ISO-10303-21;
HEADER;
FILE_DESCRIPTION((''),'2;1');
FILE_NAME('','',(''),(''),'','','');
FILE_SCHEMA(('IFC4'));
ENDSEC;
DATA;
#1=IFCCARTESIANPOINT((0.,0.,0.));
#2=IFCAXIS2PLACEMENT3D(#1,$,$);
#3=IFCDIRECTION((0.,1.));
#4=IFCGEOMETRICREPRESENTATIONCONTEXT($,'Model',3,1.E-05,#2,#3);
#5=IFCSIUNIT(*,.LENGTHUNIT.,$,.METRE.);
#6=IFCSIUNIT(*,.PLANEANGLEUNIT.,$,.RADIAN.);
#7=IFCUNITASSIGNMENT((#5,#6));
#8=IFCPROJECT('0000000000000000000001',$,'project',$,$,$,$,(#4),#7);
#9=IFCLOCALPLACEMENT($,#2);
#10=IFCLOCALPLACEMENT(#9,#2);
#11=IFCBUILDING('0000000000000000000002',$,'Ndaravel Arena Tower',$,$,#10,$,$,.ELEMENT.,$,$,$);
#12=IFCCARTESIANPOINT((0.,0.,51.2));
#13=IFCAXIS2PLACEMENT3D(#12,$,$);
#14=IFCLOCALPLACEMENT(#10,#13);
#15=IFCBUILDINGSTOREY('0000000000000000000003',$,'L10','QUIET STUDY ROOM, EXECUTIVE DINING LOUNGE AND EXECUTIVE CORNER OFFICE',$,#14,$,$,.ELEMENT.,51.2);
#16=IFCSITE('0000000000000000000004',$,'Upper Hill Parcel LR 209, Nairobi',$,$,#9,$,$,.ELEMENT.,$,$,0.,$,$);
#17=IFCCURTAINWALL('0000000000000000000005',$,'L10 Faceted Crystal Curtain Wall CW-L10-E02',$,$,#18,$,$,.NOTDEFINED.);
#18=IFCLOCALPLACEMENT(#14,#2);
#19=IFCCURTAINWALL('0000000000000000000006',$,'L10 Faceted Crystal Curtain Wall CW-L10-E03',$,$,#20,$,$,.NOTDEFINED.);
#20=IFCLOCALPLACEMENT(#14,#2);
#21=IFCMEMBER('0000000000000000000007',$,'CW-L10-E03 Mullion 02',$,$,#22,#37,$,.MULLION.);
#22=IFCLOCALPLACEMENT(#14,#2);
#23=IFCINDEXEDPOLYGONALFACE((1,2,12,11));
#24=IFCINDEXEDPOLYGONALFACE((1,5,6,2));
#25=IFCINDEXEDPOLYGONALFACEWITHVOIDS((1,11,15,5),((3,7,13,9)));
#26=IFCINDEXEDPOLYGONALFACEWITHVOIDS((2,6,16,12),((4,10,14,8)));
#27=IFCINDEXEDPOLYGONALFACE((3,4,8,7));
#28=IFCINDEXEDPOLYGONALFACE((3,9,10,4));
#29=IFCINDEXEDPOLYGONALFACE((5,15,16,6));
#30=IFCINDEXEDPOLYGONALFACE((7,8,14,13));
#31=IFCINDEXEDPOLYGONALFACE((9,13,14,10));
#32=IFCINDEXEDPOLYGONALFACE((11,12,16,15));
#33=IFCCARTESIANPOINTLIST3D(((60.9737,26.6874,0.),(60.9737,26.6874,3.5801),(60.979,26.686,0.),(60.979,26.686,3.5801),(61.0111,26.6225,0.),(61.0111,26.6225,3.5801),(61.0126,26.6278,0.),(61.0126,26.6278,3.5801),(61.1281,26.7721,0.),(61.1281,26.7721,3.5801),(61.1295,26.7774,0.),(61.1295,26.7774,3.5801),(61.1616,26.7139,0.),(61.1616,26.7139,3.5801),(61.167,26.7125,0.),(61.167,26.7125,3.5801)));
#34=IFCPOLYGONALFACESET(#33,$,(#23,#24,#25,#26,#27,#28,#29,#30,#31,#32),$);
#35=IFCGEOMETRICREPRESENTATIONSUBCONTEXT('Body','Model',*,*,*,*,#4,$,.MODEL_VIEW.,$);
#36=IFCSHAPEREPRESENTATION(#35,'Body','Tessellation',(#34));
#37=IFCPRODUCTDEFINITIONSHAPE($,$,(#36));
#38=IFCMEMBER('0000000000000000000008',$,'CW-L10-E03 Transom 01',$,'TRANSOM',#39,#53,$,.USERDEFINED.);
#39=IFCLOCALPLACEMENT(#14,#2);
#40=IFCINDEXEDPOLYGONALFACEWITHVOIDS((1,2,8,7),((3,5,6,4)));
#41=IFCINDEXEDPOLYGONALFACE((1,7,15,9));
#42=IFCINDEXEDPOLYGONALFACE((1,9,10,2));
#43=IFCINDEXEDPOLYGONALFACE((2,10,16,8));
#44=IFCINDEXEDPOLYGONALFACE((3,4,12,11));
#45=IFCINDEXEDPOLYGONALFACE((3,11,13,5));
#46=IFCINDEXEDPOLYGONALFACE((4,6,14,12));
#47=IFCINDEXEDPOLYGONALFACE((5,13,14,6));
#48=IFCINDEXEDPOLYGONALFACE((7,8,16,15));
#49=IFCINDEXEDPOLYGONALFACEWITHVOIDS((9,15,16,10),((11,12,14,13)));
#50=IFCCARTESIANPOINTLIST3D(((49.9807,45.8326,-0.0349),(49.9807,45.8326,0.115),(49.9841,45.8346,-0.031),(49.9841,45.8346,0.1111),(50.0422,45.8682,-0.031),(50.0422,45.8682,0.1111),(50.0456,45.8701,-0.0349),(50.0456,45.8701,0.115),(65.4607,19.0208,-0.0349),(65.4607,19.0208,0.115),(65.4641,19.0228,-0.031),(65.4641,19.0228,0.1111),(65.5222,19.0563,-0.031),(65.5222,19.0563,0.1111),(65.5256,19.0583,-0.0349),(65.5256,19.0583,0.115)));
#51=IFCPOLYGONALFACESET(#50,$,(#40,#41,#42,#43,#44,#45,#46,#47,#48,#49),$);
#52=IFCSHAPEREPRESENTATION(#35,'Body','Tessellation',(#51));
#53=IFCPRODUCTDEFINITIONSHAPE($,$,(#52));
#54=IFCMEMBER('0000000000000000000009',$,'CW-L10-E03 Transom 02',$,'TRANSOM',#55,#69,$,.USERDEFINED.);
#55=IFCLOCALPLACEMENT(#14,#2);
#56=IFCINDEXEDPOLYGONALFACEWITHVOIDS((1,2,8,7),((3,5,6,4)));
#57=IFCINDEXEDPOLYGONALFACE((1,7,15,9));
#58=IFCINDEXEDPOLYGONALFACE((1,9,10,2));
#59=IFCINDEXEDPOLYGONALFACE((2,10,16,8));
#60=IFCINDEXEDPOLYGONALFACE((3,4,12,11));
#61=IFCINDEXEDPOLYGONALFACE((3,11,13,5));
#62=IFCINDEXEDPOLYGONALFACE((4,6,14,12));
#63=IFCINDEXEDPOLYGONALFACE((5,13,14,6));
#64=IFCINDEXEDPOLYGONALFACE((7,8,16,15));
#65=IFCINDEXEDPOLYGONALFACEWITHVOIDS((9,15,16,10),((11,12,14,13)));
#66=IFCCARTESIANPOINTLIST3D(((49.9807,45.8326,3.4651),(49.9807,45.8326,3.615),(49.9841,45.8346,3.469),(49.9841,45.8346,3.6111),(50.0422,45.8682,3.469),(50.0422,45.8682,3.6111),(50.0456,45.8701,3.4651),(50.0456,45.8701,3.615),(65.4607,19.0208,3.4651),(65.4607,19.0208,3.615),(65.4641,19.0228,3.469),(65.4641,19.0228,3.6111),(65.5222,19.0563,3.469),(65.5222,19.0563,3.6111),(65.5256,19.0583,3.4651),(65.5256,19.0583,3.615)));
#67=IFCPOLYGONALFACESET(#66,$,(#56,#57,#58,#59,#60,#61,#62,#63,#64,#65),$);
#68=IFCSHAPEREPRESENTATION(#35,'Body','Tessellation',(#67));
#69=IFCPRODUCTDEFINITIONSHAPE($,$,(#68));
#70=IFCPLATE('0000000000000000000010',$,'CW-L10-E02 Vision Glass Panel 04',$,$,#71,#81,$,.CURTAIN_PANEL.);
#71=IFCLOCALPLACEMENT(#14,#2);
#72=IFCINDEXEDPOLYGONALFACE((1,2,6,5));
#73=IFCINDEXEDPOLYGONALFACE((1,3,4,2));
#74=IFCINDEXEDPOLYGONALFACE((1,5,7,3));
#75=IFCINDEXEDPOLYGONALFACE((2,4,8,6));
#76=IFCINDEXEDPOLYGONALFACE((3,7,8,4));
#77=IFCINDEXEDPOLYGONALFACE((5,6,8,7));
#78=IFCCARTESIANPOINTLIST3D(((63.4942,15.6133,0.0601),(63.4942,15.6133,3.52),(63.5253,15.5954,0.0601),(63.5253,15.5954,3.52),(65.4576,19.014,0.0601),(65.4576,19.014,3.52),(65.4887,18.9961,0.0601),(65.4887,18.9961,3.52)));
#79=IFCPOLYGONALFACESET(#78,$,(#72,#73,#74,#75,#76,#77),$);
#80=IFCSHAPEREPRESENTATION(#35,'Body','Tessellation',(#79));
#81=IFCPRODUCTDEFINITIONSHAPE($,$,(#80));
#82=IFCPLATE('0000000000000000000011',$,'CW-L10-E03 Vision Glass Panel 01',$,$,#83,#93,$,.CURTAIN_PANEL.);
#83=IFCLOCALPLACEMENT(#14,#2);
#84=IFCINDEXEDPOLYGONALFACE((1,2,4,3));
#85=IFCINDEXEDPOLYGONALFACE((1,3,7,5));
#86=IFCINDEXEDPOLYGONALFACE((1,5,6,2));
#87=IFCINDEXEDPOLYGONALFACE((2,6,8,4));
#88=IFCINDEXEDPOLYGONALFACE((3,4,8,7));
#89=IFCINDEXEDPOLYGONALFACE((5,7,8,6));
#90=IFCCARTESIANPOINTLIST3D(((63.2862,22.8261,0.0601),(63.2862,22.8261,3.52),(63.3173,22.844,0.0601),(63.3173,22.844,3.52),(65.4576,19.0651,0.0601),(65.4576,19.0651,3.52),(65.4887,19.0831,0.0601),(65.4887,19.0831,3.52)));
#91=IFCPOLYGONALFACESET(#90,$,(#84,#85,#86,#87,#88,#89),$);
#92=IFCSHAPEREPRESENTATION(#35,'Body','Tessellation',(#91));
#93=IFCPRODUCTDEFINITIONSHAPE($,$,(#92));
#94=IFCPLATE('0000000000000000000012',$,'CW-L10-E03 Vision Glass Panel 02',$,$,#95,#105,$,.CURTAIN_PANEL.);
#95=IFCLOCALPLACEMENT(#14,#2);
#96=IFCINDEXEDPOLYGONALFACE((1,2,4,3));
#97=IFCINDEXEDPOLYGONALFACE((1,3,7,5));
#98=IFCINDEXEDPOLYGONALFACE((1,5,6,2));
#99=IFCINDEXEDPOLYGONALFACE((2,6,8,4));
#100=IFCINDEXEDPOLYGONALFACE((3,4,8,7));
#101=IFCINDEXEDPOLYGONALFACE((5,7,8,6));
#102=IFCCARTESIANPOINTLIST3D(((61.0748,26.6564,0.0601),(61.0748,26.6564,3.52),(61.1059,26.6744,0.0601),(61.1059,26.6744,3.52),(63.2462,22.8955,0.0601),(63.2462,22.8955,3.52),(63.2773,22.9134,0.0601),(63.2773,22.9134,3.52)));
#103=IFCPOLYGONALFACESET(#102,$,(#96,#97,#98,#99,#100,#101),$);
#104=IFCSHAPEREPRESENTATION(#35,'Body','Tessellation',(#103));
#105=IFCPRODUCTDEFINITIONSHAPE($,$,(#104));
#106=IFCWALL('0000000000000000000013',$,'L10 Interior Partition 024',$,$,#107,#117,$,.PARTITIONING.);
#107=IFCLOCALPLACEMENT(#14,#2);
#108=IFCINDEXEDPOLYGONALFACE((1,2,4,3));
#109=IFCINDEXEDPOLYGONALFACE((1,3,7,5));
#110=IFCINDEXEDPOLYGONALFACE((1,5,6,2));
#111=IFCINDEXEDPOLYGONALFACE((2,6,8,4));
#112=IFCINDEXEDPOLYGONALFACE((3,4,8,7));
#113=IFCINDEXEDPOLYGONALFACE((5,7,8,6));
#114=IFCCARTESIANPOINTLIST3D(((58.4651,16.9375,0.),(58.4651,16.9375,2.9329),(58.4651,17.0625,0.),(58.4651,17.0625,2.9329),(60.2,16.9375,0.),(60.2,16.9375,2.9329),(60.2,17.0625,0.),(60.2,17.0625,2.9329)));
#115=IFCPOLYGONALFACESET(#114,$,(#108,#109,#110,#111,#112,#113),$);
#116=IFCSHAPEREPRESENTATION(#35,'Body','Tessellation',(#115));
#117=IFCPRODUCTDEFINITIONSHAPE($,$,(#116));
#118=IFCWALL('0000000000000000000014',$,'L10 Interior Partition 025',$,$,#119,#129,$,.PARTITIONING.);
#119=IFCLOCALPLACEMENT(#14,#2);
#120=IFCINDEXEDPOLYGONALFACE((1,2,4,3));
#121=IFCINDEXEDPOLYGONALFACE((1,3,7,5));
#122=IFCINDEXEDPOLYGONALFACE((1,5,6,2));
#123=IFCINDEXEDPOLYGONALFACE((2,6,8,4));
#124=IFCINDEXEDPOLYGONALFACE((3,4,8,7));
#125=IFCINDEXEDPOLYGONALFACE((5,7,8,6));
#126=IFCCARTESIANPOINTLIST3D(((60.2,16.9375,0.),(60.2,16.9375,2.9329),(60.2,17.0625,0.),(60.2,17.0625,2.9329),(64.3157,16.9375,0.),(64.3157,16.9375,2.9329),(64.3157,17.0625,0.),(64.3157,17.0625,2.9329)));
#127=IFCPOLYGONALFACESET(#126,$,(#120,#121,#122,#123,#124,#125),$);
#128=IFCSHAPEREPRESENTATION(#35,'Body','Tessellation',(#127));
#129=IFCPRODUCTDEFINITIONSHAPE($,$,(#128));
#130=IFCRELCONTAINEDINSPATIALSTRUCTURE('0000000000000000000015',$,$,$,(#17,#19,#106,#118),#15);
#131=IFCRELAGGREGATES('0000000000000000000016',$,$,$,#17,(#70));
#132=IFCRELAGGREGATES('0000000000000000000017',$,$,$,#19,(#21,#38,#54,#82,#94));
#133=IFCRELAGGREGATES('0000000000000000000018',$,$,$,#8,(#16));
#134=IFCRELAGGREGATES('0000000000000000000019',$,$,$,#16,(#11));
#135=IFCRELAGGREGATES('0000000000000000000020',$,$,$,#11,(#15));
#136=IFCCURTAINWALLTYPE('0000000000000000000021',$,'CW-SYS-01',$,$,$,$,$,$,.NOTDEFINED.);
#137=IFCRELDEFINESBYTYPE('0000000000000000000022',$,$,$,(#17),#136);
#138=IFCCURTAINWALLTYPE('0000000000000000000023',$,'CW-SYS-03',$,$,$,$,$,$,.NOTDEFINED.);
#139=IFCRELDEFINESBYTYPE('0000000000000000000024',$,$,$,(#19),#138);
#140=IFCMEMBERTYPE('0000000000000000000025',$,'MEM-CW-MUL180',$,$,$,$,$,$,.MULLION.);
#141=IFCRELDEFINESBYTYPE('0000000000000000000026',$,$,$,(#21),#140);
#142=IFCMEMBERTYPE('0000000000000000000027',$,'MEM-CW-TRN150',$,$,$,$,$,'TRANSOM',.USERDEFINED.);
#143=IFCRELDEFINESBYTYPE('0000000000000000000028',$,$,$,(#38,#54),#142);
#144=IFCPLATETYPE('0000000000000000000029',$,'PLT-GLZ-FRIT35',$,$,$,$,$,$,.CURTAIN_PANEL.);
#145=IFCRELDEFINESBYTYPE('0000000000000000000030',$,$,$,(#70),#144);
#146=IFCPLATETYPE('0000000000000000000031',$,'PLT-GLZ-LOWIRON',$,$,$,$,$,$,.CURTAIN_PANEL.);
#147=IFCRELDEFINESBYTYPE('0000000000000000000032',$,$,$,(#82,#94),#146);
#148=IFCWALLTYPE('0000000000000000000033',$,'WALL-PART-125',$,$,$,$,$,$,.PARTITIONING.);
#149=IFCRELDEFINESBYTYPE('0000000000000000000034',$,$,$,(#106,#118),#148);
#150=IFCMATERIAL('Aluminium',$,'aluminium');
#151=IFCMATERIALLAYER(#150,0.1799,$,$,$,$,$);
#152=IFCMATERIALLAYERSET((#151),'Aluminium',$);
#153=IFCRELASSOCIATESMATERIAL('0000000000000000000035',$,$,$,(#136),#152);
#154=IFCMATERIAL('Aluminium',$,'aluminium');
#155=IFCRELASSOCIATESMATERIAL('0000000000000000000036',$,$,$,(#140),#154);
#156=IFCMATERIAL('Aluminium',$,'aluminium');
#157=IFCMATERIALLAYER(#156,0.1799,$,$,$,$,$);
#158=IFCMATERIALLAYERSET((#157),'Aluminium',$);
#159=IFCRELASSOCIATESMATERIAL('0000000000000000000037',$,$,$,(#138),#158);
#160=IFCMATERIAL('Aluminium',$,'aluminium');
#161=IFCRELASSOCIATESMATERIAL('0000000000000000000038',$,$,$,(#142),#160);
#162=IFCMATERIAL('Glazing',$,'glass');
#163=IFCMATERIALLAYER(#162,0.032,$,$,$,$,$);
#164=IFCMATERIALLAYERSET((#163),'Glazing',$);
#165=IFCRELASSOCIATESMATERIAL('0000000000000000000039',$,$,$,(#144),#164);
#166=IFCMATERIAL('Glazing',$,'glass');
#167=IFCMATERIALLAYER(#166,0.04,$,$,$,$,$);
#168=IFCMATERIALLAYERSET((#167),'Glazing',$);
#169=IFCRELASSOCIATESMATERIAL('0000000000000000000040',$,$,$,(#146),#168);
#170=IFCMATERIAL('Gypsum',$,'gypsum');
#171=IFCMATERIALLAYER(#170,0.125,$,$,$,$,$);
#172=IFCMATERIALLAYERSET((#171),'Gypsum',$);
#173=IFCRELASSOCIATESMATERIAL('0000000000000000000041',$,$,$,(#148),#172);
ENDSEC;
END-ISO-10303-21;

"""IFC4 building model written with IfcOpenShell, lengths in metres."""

from ifc_helpers import new_model, si_unit, direction, frame, frame_2d, origin, origin_2d, place, context, subcontext, project, spatial, rectangle, hollow_rectangle, extrude, material, layer, layer_set, material_profile, profile_set, type_object, element, aggregate, save


model = new_model("IFC4")

# Units and contexts
model_context = context("Model", 3, precision=1e-05, world=origin(), true_north=direction((0.0, 1.0)))
body_context = subcontext(model_context, "Body", "Model", "MODEL_VIEW")
ifc_project = project(units=[si_unit("LENGTHUNIT", "METRE"), si_unit("PLANEANGLEUNIT", "RADIAN")], contexts=[model_context])

# Site, building, storey
site_placement = place(None, origin())
site = spatial("IfcSite", under=ifc_project, at=site_placement, Name="Upper Hill Parcel LR 209, Nairobi", CompositionType="ELEMENT", RefElevation=0.0)
building_placement = place(site_placement, origin())
building = spatial("IfcBuilding", under=site, at=building_placement, Name="Ndaravel Arena Tower", CompositionType="ELEMENT")
storey_placement = place(building_placement, frame((0.0, 0.0, 51.2)))
storey = spatial("IfcBuildingStorey", under=building, at=storey_placement, Name="L10", Description="QUIET STUDY ROOM, EXECUTIVE DINING LOUNGE AND EXECUTIVE CORNER OFFICE", CompositionType="ELEMENT", Elevation=51.2)

# Curtain wall
ifc_material_1 = material(Name="Aluminium", Category="aluminium")
ifc_layer_1 = layer(ifc_material_1, 0.1799)
ifc_layer_set_1 = layer_set([ifc_layer_1], Name="Aluminium")
curtain_wall_type_1 = type_object("IfcCurtainWallType", Name="CW-SYS-01", PredefinedType="NOTDEFINED", material=ifc_layer_set_1)
curtain_wall_1_placement = place(storey_placement, origin())
curtain_wall_1 = element("IfcCurtainWall", 1, at=curtain_wall_1_placement, inside=storey, type_object=curtain_wall_type_1, Name="L10 Faceted Crystal Curtain Wall CW-L10-E02", PredefinedType="NOTDEFINED")
ifc_material_2 = material(Name="Aluminium", Category="aluminium")
ifc_material_profile_1 = material_profile(ifc_material_2, hollow_rectangle(XDim=0.075, YDim=0.1799, WallThickness=0.0039, at=origin_2d()), Name="CW MULLION 75x180x4")
ifc_profile_set_1 = profile_set([ifc_material_profile_1], Name="Aluminium")
member_type_1 = type_object("IfcMemberType", Name="MEM-CW-MUL180", PredefinedType="MULLION", material=ifc_profile_set_1)

# Curtain wall, members
ifc_material_3 = material(Name="Aluminium", Category="aluminium")
ifc_layer_2 = layer(ifc_material_3, 0.1799)
ifc_layer_set_2 = layer_set([ifc_layer_2], Name="Aluminium")
curtain_wall_type_2 = type_object("IfcCurtainWallType", Name="CW-SYS-03", PredefinedType="NOTDEFINED", material=ifc_layer_set_2)
curtain_wall_2_placement = place(storey_placement, origin())
curtain_wall_2 = element("IfcCurtainWall", 2, at=curtain_wall_2_placement, inside=storey, type_object=curtain_wall_type_2, Name="L10 Faceted Crystal Curtain Wall CW-L10-E03", PredefinedType="NOTDEFINED")
member_1_placement = place(storey_placement, frame((61.0703, 26.7, 0.0), z_axis=(0.0, 0.0, 1.0), x_axis=(-0.5, 0.866025, 0.0)))
member_1 = element("IfcMember", 3, at=member_1_placement, type_object=member_type_1, Name="CW-L10-E03 Mullion 02", PredefinedType="MULLION", context=body_context, shape_type="SweptSolid", body=[
    extrude(hollow_rectangle(XDim=0.075, YDim=0.1799, WallThickness=0.0039, at=origin_2d()), origin(), (0.0, 0.0, 1.0), 3.5801),
])
ifc_material_4 = material(Name="Aluminium", Category="aluminium")
ifc_material_profile_2 = material_profile(ifc_material_4, hollow_rectangle(XDim=0.075, YDim=0.1499, WallThickness=0.0039, at=origin_2d()), Name="CW TRANSOM 75x150x4")
ifc_profile_set_2 = profile_set([ifc_material_profile_2], Name="Aluminium")
member_type_2 = type_object("IfcMemberType", Name="MEM-CW-TRN150", ElementType="TRANSOM", PredefinedType="USERDEFINED", material=ifc_profile_set_2)
member_2_placement = place(storey_placement, frame((65.4932, 19.0396, 0.04), z_axis=(-0.500005, 0.866023, 0.0), x_axis=(-0.866023, -0.500005, 0.0)))
member_2 = element("IfcMember", 4, at=member_2_placement, type_object=member_type_2, Name="CW-L10-E03 Transom 01", ObjectType="TRANSOM", PredefinedType="USERDEFINED", context=body_context, shape_type="SweptSolid", body=[
    extrude(hollow_rectangle(XDim=0.075, YDim=0.1499, WallThickness=0.0039, at=origin_2d()), origin(), (0.0, 0.0, 1.0), 30.9597),
])
member_3_placement = place(storey_placement, frame((65.4932, 19.0396, 3.54), z_axis=(-0.500005, 0.866023, 0.0), x_axis=(-0.866023, -0.500005, 0.0)))
member_3 = element("IfcMember", 5, at=member_3_placement, type_object=member_type_2, Name="CW-L10-E03 Transom 02", ObjectType="TRANSOM", PredefinedType="USERDEFINED", context=body_context, shape_type="SweptSolid", body=[
    extrude(hollow_rectangle(XDim=0.075, YDim=0.1499, WallThickness=0.0039, at=origin_2d()), origin(), (0.0, 0.0, 1.0), 30.9597),
])

# Plates
ifc_material_5 = material(Name="Glazing", Category="glass")
ifc_layer_3 = layer(ifc_material_5, 0.032)
ifc_layer_set_3 = layer_set([ifc_layer_3], Name="Glazing")
plate_type_1 = type_object("IfcPlateType", Name="PLT-GLZ-FRIT35", PredefinedType="CURTAIN_PANEL", material=ifc_layer_set_3)
plate_1_placement = place(storey_placement, frame((64.4915, 17.3047, 0.0601), z_axis=(0.0, 0.0, 1.0), x_axis=(0.5, 0.866025, 0.0)))
plate_1 = element("IfcPlate", 6, at=plate_1_placement, type_object=plate_type_1, Name="CW-L10-E02 Vision Glass Panel 04", PredefinedType="CURTAIN_PANEL", context=body_context, shape_type="SweptSolid", body=[
    extrude(rectangle(XDim=3.9268, YDim=0.0359, at=origin_2d()), origin(), (0.0, 0.0, 1.0), 3.46),
])
aggregate(curtain_wall_1, [plate_1])
ifc_material_6 = material(Name="Glazing", Category="glass")
ifc_layer_4 = layer(ifc_material_6, 0.04)
ifc_layer_set_4 = layer_set([ifc_layer_4], Name="Glazing")
plate_type_2 = type_object("IfcPlateType", Name="PLT-GLZ-LOWIRON", PredefinedType="CURTAIN_PANEL", material=ifc_layer_set_4)
plate_2_placement = place(storey_placement, frame((64.3875, 20.9546, 0.0601), z_axis=(0.0, 0.0, 1.0), x_axis=(-0.5, 0.866025, 0.0)))
plate_2 = element("IfcPlate", 7, at=plate_2_placement, type_object=plate_type_2, Name="CW-L10-E03 Vision Glass Panel 01", PredefinedType="CURTAIN_PANEL", context=body_context, shape_type="SweptSolid", body=[
    extrude(rectangle(XDim=4.3428, YDim=0.0359, at=origin_2d()), origin(), (0.0, 0.0, 1.0), 3.46),
])
plate_3_placement = place(storey_placement, frame((62.176, 24.7849, 0.0601), z_axis=(0.0, 0.0, 1.0), x_axis=(-0.5, 0.866025, 0.0)))
plate_3 = element("IfcPlate", 8, at=plate_3_placement, type_object=plate_type_2, Name="CW-L10-E03 Vision Glass Panel 02", PredefinedType="CURTAIN_PANEL", context=body_context, shape_type="SweptSolid", body=[
    extrude(rectangle(XDim=4.3428, YDim=0.0359, at=origin_2d()), origin(), (0.0, 0.0, 1.0), 3.46),
])
aggregate(curtain_wall_2, [member_1, member_2, member_3, plate_2, plate_3])

# Walls
ifc_material_7 = material(Name="Gypsum", Category="gypsum")
ifc_layer_5 = layer(ifc_material_7, 0.125)
ifc_layer_set_5 = layer_set([ifc_layer_5], Name="Gypsum")
wall_type = type_object("IfcWallType", Name="WALL-PART-125", PredefinedType="PARTITIONING", material=ifc_layer_set_5)
wall_1_placement = place(storey_placement, frame((58.4651, 17.0, 0.0), z_axis=(0.0, 0.0, 1.0), x_axis=(1.0, 0.0, 0.0)))
element("IfcWall", 9, at=wall_1_placement, inside=storey, type_object=wall_type, Name="L10 Interior Partition 024", PredefinedType="PARTITIONING", context=body_context, shape_type="SweptSolid", body=[
    extrude(rectangle(XDim=1.7349, YDim=0.125, at=frame_2d((0.8674, 0.0))), origin(), (0.0, 0.0, 1.0), 2.9329),
])
wall_2_placement = place(storey_placement, frame((60.2, 17.0, 0.0), z_axis=(0.0, 0.0, 1.0), x_axis=(1.0, 0.0, 0.0)))
element("IfcWall", 10, at=wall_2_placement, inside=storey, type_object=wall_type, Name="L10 Interior Partition 025", PredefinedType="PARTITIONING", context=body_context, shape_type="SweptSolid", body=[
    extrude(rectangle(XDim=4.1157, YDim=0.125, at=frame_2d((2.0579, 0.0))), origin(), (0.0, 0.0, 1.0), 2.9329),
])

save(model, "model.ifc")
